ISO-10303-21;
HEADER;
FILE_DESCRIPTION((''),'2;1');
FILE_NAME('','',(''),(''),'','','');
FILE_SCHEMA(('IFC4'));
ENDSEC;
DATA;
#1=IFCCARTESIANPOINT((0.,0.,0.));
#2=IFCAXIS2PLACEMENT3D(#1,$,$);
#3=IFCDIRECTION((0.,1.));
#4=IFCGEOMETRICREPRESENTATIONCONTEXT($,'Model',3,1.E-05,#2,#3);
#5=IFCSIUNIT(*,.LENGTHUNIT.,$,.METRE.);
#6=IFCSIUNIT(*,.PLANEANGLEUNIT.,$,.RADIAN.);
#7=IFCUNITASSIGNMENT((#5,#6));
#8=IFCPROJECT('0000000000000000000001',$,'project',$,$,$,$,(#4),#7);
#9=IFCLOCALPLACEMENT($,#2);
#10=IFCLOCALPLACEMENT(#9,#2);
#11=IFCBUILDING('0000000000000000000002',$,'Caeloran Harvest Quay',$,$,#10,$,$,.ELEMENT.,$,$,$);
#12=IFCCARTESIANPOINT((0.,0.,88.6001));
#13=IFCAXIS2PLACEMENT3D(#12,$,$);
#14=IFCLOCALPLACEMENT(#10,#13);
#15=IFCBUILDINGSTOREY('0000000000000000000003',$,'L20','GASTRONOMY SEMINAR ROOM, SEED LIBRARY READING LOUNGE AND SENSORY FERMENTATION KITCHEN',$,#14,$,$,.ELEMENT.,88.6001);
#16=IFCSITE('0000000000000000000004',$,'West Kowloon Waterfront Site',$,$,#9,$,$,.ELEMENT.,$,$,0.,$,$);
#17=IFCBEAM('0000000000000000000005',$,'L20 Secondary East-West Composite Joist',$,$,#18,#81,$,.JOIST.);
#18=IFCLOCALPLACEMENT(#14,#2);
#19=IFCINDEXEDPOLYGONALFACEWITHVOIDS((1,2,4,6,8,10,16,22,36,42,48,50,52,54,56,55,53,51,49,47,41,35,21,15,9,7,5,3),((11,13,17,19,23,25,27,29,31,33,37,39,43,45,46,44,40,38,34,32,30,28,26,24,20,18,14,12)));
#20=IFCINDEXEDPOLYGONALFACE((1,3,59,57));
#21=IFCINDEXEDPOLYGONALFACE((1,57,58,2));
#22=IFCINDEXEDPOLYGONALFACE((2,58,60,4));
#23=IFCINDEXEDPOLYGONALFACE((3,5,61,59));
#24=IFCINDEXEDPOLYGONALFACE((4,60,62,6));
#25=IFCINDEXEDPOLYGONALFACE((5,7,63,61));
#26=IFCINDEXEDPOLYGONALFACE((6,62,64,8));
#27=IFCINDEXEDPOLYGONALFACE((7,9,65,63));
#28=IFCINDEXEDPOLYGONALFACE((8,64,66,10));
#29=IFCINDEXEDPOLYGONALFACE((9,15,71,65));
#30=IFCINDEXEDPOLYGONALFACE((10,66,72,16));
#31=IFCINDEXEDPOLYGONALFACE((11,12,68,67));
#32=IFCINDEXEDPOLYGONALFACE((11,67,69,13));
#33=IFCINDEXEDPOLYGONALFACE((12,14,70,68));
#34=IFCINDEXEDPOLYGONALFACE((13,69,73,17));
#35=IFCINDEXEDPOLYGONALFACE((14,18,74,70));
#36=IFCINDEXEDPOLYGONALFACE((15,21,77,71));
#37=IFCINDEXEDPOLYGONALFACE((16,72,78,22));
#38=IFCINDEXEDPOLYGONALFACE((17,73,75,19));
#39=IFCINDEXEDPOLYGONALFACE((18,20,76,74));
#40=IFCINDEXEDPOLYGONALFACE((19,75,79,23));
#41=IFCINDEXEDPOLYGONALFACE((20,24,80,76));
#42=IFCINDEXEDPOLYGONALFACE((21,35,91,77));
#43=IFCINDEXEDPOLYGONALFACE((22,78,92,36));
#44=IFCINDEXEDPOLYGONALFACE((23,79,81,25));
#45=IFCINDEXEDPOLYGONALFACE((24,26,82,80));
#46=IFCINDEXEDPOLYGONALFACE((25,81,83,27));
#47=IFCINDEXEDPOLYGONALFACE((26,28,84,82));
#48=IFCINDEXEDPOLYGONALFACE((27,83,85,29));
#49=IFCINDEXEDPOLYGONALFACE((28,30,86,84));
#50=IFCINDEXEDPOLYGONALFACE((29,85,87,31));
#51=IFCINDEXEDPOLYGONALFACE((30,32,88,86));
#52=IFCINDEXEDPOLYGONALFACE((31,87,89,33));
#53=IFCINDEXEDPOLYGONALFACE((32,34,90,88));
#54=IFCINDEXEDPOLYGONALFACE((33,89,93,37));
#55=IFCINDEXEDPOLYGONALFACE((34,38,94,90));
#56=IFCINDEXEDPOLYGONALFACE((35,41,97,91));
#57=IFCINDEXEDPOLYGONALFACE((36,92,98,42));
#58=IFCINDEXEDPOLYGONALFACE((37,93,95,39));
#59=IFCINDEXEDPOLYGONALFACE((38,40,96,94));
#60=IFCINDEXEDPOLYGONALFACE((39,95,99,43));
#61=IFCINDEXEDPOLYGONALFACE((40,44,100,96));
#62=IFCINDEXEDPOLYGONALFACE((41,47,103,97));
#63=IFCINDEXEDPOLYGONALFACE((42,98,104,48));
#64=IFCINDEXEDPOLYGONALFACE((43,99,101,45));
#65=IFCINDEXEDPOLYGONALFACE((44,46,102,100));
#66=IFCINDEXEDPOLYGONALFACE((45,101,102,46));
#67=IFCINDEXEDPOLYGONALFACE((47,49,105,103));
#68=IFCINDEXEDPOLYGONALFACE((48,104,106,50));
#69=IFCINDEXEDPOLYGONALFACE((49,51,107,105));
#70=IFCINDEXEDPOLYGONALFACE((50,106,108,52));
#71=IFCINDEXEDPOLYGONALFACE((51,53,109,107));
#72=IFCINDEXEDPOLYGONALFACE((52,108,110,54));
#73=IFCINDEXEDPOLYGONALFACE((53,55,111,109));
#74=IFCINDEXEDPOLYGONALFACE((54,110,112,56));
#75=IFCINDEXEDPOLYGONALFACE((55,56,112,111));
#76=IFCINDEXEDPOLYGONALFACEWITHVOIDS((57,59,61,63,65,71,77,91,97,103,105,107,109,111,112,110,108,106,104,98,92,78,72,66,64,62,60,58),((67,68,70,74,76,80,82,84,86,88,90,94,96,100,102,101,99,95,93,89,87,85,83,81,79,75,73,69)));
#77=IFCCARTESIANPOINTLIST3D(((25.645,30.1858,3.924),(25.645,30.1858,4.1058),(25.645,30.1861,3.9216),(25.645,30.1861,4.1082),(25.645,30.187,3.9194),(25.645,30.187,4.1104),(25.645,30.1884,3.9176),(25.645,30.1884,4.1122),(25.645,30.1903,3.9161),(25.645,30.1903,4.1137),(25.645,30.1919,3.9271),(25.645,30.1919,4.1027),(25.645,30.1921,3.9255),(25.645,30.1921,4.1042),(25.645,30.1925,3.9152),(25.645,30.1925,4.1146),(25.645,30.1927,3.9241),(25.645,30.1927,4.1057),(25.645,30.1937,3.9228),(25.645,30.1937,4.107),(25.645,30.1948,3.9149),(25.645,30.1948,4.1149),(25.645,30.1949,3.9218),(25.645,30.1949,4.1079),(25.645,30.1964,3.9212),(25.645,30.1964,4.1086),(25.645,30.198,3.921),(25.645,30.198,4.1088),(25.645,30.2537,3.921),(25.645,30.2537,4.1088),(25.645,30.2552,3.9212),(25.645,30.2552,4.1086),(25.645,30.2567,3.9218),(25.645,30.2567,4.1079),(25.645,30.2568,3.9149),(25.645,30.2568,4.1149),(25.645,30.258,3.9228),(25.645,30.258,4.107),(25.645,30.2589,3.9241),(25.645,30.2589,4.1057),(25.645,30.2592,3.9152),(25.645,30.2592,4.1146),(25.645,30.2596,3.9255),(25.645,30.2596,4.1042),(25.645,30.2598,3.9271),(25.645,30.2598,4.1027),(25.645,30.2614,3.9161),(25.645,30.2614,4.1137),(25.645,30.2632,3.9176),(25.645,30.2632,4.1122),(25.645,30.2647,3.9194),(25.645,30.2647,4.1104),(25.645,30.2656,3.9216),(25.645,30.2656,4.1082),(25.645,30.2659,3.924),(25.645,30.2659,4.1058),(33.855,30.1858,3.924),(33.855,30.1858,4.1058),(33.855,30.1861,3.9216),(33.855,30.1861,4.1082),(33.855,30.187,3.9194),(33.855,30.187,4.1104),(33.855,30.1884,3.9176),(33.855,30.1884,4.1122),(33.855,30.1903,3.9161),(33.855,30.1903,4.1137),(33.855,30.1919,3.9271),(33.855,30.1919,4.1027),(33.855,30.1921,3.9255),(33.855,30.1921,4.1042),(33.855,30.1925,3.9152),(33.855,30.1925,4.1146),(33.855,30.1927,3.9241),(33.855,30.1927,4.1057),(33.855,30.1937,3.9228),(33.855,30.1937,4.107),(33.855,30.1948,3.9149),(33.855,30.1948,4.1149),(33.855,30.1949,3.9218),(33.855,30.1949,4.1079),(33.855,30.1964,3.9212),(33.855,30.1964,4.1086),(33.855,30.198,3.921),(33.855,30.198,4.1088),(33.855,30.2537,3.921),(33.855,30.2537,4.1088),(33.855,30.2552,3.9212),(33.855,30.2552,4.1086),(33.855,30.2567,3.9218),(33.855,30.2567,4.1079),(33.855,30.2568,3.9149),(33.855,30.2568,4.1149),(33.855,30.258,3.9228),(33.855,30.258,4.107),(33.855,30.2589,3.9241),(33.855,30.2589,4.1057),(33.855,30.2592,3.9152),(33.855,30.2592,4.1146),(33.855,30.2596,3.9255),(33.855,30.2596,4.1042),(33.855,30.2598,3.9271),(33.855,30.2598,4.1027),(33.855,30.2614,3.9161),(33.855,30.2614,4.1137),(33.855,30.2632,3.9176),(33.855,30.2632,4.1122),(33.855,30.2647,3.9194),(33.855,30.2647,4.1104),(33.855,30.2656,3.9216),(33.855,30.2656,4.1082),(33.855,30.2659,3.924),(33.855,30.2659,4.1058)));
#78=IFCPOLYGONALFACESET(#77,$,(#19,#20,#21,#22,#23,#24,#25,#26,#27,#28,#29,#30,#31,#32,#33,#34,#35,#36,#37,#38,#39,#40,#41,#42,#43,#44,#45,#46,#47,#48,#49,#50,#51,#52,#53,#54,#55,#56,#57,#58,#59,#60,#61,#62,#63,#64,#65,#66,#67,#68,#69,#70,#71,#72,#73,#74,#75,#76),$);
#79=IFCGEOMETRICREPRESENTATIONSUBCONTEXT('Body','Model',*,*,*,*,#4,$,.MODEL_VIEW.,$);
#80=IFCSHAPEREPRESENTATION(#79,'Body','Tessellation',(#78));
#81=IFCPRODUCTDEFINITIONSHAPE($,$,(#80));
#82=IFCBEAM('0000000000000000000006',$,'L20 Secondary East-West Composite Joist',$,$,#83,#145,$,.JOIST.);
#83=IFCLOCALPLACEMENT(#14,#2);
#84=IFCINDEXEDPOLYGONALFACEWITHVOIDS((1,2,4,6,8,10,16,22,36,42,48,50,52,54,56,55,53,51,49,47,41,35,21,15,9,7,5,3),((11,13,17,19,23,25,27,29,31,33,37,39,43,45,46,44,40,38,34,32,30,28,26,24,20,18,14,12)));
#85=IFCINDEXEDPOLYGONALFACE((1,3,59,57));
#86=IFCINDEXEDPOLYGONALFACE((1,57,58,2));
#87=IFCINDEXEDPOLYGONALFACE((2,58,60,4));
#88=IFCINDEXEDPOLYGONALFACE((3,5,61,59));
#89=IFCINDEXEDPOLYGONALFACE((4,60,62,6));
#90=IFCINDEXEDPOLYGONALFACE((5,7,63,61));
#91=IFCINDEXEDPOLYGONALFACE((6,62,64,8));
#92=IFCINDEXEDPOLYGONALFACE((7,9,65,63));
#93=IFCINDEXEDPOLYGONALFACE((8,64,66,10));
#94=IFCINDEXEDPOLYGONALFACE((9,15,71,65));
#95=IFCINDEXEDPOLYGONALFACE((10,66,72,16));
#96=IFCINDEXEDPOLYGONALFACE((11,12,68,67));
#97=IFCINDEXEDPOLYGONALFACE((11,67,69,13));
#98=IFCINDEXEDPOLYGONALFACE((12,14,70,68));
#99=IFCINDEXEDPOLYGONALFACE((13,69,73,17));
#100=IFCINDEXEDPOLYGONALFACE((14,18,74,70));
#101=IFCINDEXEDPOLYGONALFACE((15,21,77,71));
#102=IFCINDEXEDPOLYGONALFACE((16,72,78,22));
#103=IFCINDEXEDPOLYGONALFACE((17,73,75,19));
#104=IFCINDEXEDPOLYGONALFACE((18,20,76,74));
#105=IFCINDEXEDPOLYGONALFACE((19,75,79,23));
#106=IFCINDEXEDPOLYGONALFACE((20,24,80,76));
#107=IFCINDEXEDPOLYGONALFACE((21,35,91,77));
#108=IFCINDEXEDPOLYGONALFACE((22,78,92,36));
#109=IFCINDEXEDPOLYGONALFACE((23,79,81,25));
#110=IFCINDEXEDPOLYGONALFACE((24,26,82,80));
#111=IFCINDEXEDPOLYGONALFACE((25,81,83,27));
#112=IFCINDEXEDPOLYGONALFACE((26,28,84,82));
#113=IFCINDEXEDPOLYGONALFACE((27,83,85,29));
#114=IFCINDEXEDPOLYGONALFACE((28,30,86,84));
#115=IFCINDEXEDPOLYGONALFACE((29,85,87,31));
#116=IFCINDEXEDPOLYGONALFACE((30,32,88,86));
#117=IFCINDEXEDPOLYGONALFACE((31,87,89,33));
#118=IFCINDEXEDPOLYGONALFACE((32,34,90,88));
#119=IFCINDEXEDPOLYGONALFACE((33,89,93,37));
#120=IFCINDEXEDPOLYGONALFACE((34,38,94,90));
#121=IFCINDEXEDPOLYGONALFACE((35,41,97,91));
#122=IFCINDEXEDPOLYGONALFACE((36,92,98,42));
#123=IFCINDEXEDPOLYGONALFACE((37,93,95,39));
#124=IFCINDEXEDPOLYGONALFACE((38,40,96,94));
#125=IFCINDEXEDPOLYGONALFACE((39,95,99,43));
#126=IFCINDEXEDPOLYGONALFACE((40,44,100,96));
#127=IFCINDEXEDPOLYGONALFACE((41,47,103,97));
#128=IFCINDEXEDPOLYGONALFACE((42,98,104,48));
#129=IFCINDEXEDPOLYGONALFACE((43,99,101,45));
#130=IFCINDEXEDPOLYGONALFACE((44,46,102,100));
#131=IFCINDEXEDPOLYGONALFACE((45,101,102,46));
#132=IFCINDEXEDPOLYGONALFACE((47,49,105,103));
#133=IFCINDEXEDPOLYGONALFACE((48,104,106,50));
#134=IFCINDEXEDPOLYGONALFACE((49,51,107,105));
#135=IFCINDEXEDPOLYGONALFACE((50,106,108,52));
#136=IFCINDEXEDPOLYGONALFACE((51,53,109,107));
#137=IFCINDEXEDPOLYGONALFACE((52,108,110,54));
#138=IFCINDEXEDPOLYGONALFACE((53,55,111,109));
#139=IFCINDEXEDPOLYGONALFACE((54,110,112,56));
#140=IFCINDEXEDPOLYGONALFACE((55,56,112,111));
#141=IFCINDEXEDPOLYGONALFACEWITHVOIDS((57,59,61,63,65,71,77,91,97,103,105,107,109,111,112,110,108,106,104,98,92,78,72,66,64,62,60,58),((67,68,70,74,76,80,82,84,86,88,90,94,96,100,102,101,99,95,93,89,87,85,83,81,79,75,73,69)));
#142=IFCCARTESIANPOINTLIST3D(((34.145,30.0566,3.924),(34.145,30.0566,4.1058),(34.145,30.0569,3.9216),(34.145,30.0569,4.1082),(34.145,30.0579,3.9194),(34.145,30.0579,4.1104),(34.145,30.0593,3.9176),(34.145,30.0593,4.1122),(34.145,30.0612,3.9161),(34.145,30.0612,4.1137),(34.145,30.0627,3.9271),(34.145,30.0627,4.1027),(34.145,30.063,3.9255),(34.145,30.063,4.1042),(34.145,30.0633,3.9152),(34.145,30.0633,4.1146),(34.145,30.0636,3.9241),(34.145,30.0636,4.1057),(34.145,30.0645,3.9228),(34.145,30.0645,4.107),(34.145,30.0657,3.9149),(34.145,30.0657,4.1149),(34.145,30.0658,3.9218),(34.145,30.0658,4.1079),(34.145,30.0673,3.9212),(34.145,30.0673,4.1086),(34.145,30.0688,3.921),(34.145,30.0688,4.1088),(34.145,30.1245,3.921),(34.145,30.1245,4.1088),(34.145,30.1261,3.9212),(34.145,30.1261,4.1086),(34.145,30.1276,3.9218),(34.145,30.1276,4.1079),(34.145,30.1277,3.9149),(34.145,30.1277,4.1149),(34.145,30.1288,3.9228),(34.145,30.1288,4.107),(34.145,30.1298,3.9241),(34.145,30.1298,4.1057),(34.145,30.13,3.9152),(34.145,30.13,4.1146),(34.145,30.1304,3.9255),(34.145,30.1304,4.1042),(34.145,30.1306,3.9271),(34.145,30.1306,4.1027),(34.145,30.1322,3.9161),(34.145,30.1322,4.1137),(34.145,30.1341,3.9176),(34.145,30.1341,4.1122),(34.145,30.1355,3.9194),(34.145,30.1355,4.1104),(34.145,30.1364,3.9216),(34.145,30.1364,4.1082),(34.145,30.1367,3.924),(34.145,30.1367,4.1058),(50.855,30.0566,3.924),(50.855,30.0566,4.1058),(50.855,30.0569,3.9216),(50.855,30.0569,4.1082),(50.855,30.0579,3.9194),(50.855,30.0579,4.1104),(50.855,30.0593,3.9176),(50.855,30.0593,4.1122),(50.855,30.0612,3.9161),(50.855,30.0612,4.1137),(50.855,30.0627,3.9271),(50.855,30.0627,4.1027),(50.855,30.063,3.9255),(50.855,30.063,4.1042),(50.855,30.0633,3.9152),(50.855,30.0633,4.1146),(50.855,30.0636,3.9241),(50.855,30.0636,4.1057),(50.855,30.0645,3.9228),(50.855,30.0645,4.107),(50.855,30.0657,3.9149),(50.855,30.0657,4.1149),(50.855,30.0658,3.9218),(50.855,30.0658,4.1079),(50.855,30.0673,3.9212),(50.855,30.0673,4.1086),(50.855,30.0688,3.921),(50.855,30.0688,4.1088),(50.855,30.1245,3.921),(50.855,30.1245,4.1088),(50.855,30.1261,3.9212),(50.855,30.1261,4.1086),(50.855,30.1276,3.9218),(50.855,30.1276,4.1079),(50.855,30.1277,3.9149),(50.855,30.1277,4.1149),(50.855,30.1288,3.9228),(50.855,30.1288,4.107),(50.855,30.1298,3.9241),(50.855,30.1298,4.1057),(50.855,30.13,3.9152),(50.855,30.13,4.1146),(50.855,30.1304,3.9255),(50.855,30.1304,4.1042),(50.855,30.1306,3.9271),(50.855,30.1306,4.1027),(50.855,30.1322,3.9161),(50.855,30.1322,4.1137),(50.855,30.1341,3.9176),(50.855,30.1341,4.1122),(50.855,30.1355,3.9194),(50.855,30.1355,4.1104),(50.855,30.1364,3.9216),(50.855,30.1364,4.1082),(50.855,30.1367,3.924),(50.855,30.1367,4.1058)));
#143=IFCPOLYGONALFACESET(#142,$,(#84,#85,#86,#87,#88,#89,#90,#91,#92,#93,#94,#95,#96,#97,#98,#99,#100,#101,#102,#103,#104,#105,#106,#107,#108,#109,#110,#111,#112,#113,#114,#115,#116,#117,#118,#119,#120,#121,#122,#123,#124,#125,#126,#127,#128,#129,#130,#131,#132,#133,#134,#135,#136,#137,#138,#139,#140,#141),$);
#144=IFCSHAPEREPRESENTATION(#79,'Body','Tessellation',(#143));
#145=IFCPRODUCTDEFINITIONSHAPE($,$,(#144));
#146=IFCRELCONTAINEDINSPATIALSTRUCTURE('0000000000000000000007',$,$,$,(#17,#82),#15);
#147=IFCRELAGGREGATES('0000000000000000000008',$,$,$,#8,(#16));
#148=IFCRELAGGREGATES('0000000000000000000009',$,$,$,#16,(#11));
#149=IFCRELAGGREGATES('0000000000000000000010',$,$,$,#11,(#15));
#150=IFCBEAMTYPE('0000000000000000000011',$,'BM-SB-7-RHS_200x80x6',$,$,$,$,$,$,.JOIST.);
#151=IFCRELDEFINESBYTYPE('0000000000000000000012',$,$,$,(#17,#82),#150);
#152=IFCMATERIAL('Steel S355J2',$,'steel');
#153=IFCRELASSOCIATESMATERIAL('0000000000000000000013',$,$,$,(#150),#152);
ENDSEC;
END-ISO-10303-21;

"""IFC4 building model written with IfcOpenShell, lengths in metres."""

from ifc_helpers import new_model, si_unit, direction, frame, origin, origin_2d, place, context, subcontext, project, spatial, hollow_rectangle, extrude, material, material_profile, profile_set, type_object, element, save


model = new_model("IFC4")

# Units and contexts
model_context = context("Model", 3, precision=1e-05, world=origin(), true_north=direction((0.0, 1.0)))
body_context = subcontext(model_context, "Body", "Model", "MODEL_VIEW")
ifc_project = project(units=[si_unit("LENGTHUNIT", "METRE"), si_unit("PLANEANGLEUNIT", "RADIAN")], contexts=[model_context])

# Site, building, storey
site_placement = place(None, origin())
site = spatial("IfcSite", under=ifc_project, at=site_placement, Name="West Kowloon Waterfront Site", CompositionType="ELEMENT", RefElevation=0.0)
building_placement = place(site_placement, origin())
building = spatial("IfcBuilding", under=site, at=building_placement, Name="Caeloran Harvest Quay", CompositionType="ELEMENT")
storey_placement = place(building_placement, frame((0.0, 0.0, 88.6001)))
storey = spatial("IfcBuildingStorey", under=building, at=storey_placement, Name="L20", Description="GASTRONOMY SEMINAR ROOM, SEED LIBRARY READING LOUNGE AND SENSORY FERMENTATION KITCHEN", CompositionType="ELEMENT", Elevation=88.6001)

# Beams
ifc_material_1 = material(Name="Steel S355J2", Category="steel")
ifc_material_profile_1 = material_profile(ifc_material_1, hollow_rectangle(XDim=0.0801, YDim=0.2, WallThickness=0.0061, InnerFilletRadius=0.0061, OuterFilletRadius=0.009, at=origin_2d()), Name="RHS 200x80x6")
ifc_profile_set_1 = profile_set([ifc_material_profile_1], Name="Steel S355J2")
beam_type_1 = type_object("IfcBeamType", Name="BM-SB-7-RHS_200x80x6", PredefinedType="JOIST", material=ifc_profile_set_1)
beam_1_placement = place(storey_placement, frame((25.645, 30.2258, 4.0149), z_axis=(1.0, 0.0, 0.0), x_axis=(0.0, 1.0, 0.0)))
element("IfcBeam", 1, at=beam_1_placement, inside=storey, type_object=beam_type_1, Name="L20 Secondary East-West Composite Joist", PredefinedType="JOIST", context=body_context, shape_type="SweptSolid", body=[
    extrude(hollow_rectangle(XDim=0.0801, YDim=0.2, WallThickness=0.0061, InnerFilletRadius=0.0061, OuterFilletRadius=0.009, at=origin_2d()), origin(), (0.0, 0.0, 1.0), 8.21),
])
for number, where, z_axis, x_axis, name in (
    (2, (34.145, 30.0967, 4.0149), (1.0, 0.0, 0.0), (0.0, 1.0, 0.0), "L20 Secondary East-West Composite Joist"),
):
    element("IfcBeam", number, at=place(storey_placement, frame(where, z_axis=z_axis, x_axis=x_axis)), inside=storey, type_object=beam_type_1, Name=name, PredefinedType="JOIST", context=body_context, shape_type="SweptSolid", body=[
        extrude(hollow_rectangle(XDim=0.0801, YDim=0.2, WallThickness=0.0061, InnerFilletRadius=0.0061, OuterFilletRadius=0.009, at=origin_2d()), origin(), (0.0, 0.0, 1.0), 16.71),
    ])

save(model, "model.ifc")
